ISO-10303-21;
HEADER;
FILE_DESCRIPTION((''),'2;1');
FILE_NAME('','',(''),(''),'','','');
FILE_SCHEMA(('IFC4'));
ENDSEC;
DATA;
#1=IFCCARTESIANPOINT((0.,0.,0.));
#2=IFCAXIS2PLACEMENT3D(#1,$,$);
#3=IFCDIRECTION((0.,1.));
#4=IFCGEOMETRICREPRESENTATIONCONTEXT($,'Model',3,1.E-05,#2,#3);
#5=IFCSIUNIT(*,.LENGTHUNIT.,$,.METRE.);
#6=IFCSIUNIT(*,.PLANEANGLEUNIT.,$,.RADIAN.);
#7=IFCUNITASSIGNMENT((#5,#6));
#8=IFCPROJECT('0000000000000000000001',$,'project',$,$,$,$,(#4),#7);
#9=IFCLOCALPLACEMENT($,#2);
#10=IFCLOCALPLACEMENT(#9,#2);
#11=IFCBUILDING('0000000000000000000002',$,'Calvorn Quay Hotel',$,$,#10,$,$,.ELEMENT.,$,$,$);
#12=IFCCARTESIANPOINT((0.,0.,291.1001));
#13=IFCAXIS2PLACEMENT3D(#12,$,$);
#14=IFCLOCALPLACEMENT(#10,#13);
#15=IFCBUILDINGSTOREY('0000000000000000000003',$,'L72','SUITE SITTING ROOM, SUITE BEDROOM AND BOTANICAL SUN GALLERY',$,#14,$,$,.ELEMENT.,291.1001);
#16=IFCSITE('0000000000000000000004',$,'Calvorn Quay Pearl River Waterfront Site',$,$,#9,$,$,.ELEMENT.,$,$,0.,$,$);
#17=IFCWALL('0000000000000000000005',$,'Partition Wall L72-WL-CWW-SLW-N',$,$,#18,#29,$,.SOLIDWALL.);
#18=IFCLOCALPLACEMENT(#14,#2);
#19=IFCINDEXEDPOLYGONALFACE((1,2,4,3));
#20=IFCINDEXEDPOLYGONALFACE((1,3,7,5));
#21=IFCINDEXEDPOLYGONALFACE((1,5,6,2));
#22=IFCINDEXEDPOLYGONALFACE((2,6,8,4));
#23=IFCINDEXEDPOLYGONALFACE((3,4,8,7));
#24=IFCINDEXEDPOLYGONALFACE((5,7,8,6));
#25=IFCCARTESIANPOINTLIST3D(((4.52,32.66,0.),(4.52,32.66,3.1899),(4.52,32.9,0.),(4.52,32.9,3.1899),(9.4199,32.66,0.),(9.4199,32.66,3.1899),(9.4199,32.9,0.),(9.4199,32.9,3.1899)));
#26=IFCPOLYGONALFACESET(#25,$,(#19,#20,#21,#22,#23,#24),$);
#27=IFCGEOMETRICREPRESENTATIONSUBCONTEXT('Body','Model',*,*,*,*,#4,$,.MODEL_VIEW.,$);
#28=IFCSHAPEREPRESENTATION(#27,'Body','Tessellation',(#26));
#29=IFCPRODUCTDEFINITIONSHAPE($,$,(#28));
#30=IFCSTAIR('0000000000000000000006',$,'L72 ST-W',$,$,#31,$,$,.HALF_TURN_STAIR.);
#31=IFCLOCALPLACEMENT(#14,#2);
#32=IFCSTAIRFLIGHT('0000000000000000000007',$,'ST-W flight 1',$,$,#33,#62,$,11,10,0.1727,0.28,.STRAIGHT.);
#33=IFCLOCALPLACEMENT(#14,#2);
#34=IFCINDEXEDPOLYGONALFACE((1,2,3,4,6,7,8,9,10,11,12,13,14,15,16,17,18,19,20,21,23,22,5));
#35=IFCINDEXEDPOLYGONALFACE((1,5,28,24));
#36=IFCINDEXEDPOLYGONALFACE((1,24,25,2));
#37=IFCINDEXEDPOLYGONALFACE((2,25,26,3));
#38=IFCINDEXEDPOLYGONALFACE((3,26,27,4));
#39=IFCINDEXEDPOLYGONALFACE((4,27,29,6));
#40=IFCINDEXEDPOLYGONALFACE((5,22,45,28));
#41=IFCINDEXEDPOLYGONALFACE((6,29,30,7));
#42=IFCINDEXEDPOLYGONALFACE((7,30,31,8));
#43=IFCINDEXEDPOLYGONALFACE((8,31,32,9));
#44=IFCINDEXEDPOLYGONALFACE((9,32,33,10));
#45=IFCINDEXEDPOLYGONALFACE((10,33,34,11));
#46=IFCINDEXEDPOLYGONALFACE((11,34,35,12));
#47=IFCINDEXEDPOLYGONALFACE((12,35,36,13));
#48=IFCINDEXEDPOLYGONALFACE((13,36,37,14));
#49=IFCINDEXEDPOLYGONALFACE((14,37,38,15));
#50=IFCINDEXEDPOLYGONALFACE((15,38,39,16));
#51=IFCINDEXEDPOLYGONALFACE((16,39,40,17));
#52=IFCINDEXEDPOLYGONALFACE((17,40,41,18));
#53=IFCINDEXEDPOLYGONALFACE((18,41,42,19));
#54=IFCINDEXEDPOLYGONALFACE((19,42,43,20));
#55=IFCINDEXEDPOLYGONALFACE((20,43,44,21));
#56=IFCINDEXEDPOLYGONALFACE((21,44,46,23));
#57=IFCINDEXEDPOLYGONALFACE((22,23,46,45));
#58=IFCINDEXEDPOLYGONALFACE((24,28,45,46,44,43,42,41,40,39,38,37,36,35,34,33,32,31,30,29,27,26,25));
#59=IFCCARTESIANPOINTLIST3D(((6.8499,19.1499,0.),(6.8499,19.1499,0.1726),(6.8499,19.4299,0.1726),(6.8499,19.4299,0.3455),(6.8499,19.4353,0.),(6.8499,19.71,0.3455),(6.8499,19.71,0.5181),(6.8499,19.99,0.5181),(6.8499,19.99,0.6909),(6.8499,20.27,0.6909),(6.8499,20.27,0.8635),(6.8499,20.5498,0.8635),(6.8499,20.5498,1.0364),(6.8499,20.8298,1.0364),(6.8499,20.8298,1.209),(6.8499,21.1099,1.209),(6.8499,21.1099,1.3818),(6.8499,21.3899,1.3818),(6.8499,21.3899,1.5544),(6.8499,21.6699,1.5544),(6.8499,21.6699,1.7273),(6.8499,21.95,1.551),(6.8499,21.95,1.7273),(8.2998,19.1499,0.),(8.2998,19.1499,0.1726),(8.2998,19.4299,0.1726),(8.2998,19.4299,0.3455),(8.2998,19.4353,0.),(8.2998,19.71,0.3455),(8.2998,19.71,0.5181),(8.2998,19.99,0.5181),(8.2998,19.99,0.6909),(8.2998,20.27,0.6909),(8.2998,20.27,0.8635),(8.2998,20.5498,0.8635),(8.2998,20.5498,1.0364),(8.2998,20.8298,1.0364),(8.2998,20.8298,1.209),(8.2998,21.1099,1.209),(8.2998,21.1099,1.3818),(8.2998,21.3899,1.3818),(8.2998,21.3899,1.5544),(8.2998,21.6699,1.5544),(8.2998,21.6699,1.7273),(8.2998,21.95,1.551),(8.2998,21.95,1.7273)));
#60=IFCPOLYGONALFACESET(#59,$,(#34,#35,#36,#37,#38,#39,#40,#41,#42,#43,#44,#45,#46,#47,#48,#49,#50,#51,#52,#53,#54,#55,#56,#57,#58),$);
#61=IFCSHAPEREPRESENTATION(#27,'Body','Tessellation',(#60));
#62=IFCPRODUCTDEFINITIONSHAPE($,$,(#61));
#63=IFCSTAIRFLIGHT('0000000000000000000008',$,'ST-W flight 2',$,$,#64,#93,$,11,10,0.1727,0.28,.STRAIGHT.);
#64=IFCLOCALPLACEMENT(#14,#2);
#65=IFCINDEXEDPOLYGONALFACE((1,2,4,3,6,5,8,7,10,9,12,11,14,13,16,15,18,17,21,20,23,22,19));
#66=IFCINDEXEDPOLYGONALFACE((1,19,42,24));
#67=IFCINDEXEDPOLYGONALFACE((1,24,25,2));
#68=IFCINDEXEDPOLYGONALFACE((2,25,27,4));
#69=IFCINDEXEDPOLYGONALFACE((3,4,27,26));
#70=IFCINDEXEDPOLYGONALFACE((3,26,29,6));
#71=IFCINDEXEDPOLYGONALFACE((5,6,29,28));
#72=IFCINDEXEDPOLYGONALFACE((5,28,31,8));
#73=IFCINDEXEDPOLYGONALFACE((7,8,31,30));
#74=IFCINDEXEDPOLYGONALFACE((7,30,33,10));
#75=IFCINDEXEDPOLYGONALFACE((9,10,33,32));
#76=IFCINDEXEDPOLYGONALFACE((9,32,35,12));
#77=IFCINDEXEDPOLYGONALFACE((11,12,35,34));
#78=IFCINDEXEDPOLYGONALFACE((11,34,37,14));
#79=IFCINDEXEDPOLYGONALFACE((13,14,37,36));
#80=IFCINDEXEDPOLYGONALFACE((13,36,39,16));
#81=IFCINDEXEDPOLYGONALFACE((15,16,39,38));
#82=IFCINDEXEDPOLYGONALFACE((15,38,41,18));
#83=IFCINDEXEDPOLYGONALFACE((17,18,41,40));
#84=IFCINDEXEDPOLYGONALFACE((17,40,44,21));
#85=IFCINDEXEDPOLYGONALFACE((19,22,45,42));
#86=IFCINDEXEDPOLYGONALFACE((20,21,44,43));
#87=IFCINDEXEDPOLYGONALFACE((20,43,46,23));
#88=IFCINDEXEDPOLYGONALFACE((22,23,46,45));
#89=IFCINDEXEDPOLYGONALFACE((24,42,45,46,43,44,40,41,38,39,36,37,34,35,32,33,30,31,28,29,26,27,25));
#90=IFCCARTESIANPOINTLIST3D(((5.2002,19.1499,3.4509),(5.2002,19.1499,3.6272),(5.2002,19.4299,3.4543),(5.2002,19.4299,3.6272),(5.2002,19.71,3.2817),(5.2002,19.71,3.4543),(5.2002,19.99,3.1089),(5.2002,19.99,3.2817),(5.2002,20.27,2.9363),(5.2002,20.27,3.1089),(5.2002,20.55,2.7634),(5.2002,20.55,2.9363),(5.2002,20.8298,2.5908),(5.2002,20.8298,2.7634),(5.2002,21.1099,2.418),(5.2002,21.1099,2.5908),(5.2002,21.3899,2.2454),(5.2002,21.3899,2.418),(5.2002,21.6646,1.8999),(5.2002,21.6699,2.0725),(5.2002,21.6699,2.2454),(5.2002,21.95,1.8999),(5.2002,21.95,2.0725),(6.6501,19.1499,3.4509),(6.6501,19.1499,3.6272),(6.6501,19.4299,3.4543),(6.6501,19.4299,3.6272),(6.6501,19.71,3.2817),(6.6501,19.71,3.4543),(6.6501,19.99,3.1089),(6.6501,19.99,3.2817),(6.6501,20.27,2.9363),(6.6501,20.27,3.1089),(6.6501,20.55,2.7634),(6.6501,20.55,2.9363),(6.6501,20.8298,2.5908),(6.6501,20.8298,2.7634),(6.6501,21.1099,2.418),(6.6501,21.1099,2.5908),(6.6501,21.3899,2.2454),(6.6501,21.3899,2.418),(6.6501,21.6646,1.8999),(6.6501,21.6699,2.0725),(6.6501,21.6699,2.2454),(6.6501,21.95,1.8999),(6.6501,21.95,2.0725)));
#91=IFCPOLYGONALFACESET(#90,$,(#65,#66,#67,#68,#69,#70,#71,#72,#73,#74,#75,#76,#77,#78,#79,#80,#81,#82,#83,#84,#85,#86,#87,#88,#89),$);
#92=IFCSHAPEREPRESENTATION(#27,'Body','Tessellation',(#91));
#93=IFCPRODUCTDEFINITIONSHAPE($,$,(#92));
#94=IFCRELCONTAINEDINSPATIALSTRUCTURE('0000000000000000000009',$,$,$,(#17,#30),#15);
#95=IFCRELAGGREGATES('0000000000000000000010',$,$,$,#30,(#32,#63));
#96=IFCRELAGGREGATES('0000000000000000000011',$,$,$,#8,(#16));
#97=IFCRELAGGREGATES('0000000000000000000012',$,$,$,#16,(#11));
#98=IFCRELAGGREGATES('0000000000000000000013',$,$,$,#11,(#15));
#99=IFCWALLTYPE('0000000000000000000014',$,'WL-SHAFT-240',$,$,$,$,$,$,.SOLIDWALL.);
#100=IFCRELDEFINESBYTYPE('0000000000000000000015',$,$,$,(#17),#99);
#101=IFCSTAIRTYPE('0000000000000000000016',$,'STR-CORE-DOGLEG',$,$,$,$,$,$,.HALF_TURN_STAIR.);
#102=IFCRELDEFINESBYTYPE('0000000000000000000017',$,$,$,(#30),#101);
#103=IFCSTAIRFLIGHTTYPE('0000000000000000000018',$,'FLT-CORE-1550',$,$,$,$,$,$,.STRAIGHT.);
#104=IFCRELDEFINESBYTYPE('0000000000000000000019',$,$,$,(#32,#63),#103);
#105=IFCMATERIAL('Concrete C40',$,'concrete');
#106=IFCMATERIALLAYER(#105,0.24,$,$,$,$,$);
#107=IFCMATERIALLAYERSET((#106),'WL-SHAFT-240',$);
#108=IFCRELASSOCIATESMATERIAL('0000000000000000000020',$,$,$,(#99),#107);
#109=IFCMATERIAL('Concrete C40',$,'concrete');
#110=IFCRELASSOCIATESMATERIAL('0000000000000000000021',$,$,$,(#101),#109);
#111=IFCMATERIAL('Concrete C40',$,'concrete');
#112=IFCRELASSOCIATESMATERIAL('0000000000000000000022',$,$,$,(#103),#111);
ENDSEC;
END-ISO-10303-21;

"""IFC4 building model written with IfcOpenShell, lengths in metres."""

from ifc_helpers import new_model, si_unit, direction, frame, frame_2d, origin, place, context, subcontext, project, spatial, polyline, rectangle, outline, extrude, material, layer, layer_set, type_object, element, aggregate, save


model = new_model("IFC4")

# Units and contexts
model_context = context("Model", 3, precision=1e-05, world=origin(), true_north=direction((0.0, 1.0)))
body_context = subcontext(model_context, "Body", "Model", "MODEL_VIEW")
ifc_project = project(units=[si_unit("LENGTHUNIT", "METRE"), si_unit("PLANEANGLEUNIT", "RADIAN")], contexts=[model_context])

# Site, building, storey
site_placement = place(None, origin())
site = spatial("IfcSite", under=ifc_project, at=site_placement, Name="Calvorn Quay Pearl River Waterfront Site", CompositionType="ELEMENT", RefElevation=0.0)
building_placement = place(site_placement, origin())
building = spatial("IfcBuilding", under=site, at=building_placement, Name="Calvorn Quay Hotel", CompositionType="ELEMENT")
storey_placement = place(building_placement, frame((0.0, 0.0, 291.1001)))
storey = spatial("IfcBuildingStorey", under=building, at=storey_placement, Name="L72", Description="SUITE SITTING ROOM, SUITE BEDROOM AND BOTANICAL SUN GALLERY", CompositionType="ELEMENT", Elevation=291.1001)

# Shared definitions
ifc_material_1 = material(Name="Concrete C40", Category="concrete")
ifc_layer_1 = layer(ifc_material_1, 0.24)
ifc_layer_set_1 = layer_set([ifc_layer_1], Name="WL-SHAFT-240")
wall_type = type_object("IfcWallType", Name="WL-SHAFT-240", PredefinedType="SOLIDWALL", material=ifc_layer_set_1)

# Wall
wall_1_placement = place(storey_placement, frame((4.52, 32.78, 0.0), z_axis=(0.0, 0.0, 1.0), x_axis=(1.0, 0.0, 0.0)))
element("IfcWall", 1, at=wall_1_placement, inside=storey, type_object=wall_type, Name="Partition Wall L72-WL-CWW-SLW-N", PredefinedType="SOLIDWALL", context=body_context, shape_type="SweptSolid", body=[
    extrude(rectangle(XDim=4.8999, YDim=0.24, at=frame_2d((2.45, 0.0))), origin(), (0.0, 0.0, 1.0), 3.1899),
])

# Stair, stair flights
ifc_material_2 = material(Name="Concrete C40", Category="concrete")
stair_type = type_object("IfcStairType", Name="STR-CORE-DOGLEG", PredefinedType="HALF_TURN_STAIR", material=ifc_material_2)
stair_placement = place(storey_placement, origin())
stair = element("IfcStair", 2, at=stair_placement, inside=storey, type_object=stair_type, Name="L72 ST-W", PredefinedType="HALF_TURN_STAIR")
ifc_material_3 = material(Name="Concrete C40", Category="concrete")
stair_flight_type = type_object("IfcStairFlightType", Name="FLT-CORE-1550", PredefinedType="STRAIGHT", material=ifc_material_3)
stair_flight_1_placement = place(storey_placement, frame((7.575, 19.1499, 0.0), z_axis=(0.0, 0.0, 1.0), x_axis=(0.0, 1.0, 0.0)))
stair_flight_1 = element("IfcStairFlight", 3, at=stair_flight_1_placement, type_object=stair_flight_type, Name="ST-W flight 1", NumberOfRisers=11, NumberOfTreads=10, PredefinedType="STRAIGHT", RiserHeight=0.1727, TreadLength=0.28, context=body_context, shape_type="SweptSolid", body=[
    extrude(outline(polyline([(0.0, 0.0), (0.0, 0.1726), (0.28, 0.1726), (0.28, 0.3455), (0.5601, 0.3455), (0.5601, 0.5181), (0.8401, 0.5181), (0.8401, 0.6909), (1.1201, 0.6909), (1.1201, 0.8635), (1.3999, 0.8635), (1.3999, 1.0364), (1.6799, 1.0364), (1.6799, 1.209), (1.96, 1.209), (1.96, 1.3818), (2.24, 1.3818), (2.24, 1.5544), (2.52, 1.5544), (2.52, 1.7273), (2.8, 1.7273), (2.8, 1.8999), (2.8, 1.551), (0.2854, 0.0), (0.0, 0.0)])), frame((0.0, 0.7251, 0.0), z_axis=(0.0, -1.0, 0.0), x_axis=(1.0, 0.0, 0.0)), (0.0, 0.0, 1.0), 1.45),
])
stair_flight_2_placement = place(storey_placement, frame((5.925, 21.95, 1.8999), z_axis=(0.0, 0.0, 1.0), x_axis=(0.0, -1.0, 0.0)))
stair_flight_2 = element("IfcStairFlight", 4, at=stair_flight_2_placement, type_object=stair_flight_type, Name="ST-W flight 2", NumberOfRisers=11, NumberOfTreads=10, PredefinedType="STRAIGHT", RiserHeight=0.1727, TreadLength=0.28, context=body_context, shape_type="SweptSolid", body=[
    extrude(outline(polyline([(0.0, 0.0), (0.0, 0.1726), (0.28, 0.1726), (0.28, 0.3455), (0.5601, 0.3455), (0.5601, 0.5181), (0.8401, 0.5181), (0.8401, 0.6909), (1.1201, 0.6909), (1.1201, 0.8635), (1.3999, 0.8635), (1.3999, 1.0364), (1.6799, 1.0364), (1.6799, 1.209), (1.96, 1.209), (1.96, 1.3818), (2.24, 1.3818), (2.24, 1.5544), (2.52, 1.5544), (2.52, 1.7273), (2.8, 1.7273), (2.8, 1.8999), (2.8, 1.551), (0.2854, 0.0), (0.0, 0.0)])), frame((0.0, 0.7251, 0.0), z_axis=(0.0, -1.0, 0.0), x_axis=(1.0, 0.0, 0.0)), (0.0, 0.0, 1.0), 1.45),
])
aggregate(stair, [stair_flight_1, stair_flight_2])

save(model, "model.ifc")
